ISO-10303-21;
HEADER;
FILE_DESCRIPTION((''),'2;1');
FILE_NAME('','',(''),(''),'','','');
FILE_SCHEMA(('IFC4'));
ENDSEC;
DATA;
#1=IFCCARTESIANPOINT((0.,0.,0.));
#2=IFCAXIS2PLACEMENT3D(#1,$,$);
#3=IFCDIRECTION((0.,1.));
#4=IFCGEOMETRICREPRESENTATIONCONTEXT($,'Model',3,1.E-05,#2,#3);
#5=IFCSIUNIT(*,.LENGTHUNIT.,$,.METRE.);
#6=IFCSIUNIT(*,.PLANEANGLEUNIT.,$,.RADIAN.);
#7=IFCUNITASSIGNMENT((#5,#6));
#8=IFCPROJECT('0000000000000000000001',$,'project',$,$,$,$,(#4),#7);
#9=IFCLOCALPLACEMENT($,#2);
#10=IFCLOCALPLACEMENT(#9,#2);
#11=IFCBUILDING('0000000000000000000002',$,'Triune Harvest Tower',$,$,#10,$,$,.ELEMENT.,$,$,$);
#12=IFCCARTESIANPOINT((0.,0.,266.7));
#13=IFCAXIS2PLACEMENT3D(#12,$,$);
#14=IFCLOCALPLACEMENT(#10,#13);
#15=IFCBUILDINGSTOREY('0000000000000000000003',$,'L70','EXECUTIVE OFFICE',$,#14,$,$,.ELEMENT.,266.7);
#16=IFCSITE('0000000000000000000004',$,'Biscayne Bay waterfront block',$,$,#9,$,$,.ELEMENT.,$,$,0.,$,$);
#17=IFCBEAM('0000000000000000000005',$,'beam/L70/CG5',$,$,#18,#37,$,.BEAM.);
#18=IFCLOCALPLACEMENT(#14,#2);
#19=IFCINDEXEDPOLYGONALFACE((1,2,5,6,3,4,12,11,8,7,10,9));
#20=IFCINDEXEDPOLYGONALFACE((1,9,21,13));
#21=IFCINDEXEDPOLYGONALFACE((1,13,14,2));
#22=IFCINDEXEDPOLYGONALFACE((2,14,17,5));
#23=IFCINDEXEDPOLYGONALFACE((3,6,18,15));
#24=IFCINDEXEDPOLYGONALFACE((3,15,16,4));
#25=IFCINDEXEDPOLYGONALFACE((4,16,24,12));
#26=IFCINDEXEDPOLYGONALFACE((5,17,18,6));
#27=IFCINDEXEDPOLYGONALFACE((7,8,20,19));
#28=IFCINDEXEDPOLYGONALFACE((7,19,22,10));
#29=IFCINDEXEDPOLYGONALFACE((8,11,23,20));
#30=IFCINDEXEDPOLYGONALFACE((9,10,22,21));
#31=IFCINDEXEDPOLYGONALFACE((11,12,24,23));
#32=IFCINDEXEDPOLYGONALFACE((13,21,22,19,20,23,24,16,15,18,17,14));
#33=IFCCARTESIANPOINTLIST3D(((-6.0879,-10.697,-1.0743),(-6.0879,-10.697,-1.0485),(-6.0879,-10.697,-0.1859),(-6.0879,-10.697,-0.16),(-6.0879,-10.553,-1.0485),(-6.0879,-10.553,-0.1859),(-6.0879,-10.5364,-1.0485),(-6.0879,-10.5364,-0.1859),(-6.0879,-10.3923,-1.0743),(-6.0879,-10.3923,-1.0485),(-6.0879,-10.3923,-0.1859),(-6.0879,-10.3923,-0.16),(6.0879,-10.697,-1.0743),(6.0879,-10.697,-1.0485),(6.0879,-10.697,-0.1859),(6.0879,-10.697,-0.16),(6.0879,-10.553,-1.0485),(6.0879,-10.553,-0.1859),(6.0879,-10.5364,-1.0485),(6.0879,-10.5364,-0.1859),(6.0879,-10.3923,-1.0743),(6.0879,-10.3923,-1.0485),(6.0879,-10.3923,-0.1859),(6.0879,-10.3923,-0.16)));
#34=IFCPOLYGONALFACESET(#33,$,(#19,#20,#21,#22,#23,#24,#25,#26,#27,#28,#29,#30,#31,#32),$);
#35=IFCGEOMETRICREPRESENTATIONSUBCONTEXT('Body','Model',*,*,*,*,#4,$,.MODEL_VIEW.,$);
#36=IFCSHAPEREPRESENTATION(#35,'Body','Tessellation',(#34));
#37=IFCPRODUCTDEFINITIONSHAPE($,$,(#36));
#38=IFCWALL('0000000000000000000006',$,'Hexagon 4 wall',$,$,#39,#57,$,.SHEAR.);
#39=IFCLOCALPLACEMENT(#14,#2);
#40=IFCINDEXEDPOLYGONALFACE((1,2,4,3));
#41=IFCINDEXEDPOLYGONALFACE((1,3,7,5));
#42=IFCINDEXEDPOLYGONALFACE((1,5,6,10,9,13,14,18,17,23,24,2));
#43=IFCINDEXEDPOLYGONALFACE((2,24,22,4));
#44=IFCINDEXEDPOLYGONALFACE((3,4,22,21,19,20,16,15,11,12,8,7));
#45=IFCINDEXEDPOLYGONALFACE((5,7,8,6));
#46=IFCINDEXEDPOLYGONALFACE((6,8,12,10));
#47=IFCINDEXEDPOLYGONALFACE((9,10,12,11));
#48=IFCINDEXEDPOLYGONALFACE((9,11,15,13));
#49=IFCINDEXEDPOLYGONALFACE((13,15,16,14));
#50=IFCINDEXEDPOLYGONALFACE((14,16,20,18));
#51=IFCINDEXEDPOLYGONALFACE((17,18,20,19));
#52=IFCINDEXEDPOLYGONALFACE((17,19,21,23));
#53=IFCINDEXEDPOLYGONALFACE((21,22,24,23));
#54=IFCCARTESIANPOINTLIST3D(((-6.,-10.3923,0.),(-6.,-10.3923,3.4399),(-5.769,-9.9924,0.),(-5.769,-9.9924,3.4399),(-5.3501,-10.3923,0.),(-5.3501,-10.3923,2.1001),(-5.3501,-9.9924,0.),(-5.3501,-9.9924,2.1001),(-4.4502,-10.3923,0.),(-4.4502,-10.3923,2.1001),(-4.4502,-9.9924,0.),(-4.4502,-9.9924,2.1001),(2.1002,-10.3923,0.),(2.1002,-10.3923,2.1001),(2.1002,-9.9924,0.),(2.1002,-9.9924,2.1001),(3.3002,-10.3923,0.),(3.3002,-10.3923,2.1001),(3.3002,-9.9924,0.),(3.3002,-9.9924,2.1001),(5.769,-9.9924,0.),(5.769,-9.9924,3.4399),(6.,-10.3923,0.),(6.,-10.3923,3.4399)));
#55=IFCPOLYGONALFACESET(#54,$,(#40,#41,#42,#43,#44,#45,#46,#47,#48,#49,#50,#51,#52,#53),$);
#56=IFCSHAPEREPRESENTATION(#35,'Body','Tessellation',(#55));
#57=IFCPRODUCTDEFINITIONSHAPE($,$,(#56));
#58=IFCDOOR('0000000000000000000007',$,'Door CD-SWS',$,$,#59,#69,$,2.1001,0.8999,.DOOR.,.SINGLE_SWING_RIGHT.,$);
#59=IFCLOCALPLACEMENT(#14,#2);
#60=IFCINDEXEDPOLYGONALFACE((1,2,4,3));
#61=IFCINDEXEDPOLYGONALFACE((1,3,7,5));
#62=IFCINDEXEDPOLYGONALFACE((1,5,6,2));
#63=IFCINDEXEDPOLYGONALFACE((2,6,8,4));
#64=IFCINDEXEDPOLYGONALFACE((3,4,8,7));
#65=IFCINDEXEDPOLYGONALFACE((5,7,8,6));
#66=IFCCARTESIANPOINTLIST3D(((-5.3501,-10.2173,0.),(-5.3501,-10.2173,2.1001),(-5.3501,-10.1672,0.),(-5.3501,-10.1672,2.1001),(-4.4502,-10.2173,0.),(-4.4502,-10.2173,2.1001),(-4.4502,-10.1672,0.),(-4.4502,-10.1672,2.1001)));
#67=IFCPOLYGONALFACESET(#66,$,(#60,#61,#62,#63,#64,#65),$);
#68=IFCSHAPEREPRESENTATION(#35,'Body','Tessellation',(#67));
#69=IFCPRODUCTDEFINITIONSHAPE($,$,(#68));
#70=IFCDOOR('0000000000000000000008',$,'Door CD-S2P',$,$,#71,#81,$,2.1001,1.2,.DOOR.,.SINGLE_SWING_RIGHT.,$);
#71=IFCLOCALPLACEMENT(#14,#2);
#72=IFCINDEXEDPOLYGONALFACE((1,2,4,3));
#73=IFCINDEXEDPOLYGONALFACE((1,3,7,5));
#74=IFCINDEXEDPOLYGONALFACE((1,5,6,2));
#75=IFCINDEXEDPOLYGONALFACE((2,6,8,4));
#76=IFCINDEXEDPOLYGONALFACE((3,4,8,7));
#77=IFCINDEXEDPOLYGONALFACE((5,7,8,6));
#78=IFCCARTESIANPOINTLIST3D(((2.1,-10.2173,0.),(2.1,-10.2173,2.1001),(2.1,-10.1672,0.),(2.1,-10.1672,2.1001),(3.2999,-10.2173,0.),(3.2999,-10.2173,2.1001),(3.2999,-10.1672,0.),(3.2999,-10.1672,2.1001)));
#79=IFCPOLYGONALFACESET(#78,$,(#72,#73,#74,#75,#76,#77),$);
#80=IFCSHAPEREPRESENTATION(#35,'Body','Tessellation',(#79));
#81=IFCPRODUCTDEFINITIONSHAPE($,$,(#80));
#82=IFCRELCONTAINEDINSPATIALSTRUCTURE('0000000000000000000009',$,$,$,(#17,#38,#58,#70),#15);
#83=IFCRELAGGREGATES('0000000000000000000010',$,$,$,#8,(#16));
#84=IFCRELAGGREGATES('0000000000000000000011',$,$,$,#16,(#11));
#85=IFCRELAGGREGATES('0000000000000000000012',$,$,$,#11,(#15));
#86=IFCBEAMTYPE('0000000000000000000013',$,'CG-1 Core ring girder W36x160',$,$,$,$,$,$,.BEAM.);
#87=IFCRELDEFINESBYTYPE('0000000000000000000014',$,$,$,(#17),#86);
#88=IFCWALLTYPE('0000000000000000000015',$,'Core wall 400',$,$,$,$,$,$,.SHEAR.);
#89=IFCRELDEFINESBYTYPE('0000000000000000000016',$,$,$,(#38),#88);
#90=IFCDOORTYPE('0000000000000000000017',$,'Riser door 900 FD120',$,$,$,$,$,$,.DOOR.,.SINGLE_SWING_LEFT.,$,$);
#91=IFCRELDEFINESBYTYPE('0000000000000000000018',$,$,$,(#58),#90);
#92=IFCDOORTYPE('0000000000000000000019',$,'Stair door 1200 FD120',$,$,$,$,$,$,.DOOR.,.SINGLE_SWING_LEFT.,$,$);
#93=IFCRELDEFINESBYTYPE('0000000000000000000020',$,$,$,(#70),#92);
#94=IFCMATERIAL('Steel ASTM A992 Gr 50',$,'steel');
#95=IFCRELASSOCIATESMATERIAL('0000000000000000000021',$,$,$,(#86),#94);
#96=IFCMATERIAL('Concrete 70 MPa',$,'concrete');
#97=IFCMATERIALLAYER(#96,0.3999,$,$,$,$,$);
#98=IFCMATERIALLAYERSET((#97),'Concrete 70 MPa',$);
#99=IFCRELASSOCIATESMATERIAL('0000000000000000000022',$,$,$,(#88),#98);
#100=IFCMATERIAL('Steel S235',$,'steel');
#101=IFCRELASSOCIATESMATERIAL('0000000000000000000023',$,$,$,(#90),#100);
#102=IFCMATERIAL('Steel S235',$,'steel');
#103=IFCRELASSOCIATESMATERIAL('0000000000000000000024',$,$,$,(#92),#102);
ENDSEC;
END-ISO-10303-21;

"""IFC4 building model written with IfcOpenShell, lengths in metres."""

from ifc_helpers import new_model, si_unit, direction, frame, frame_2d, origin, origin_2d, place, context, subcontext, project, spatial, polyline, rectangle, i_section, outline, extrude, source, transform, mapped, material, layer, layer_set, material_profile, profile_set, type_object, element, fill, save


model = new_model("IFC4")

# Units and contexts
model_context = context("Model", 3, precision=1e-05, world=origin(), true_north=direction((0.0, 1.0)))
body_context = subcontext(model_context, "Body", "Model", "MODEL_VIEW")
ifc_project = project(units=[si_unit("LENGTHUNIT", "METRE"), si_unit("PLANEANGLEUNIT", "RADIAN")], contexts=[model_context])

# Site, building, storey
site_placement = place(None, origin())
site = spatial("IfcSite", under=ifc_project, at=site_placement, Name="Biscayne Bay waterfront block", CompositionType="ELEMENT", RefElevation=0.0)
building_placement = place(site_placement, origin())
building = spatial("IfcBuilding", under=site, at=building_placement, Name="Triune Harvest Tower", CompositionType="ELEMENT")
storey_placement = place(building_placement, frame((0.0, 0.0, 266.7)))
storey = spatial("IfcBuildingStorey", under=building, at=storey_placement, Name="L70", Description="EXECUTIVE OFFICE", CompositionType="ELEMENT", Elevation=266.7)

# Beam
ifc_material_1 = material(Name="Steel ASTM A992 Gr 50", Category="steel")
ifc_material_profile = material_profile(ifc_material_1, i_section(OverallWidth=0.3047, OverallDepth=0.9143, WebThickness=0.0166, FlangeThickness=0.0259, at=origin_2d()), Name="W36x160")
ifc_profile_set = profile_set([ifc_material_profile], Name="Steel ASTM A992 Gr 50")
beam_type = type_object("IfcBeamType", Name="CG-1 Core ring girder W36x160", PredefinedType="BEAM", material=ifc_profile_set)
shared_shape_1 = source(origin(), body_context, "Body", "SweptSolid", [
    extrude(i_section(OverallWidth=0.3047, OverallDepth=0.9143, WebThickness=0.0166, FlangeThickness=0.0259, at=origin_2d()), origin(), (0.0, 0.0, 1.0), 12.1758),
])
beam_placement = place(storey_placement, frame((-6.0879, -10.5447, -0.6172), z_axis=(1.0, 0.0, 0.0), x_axis=(0.0, 1.0, 0.0)))
element("IfcBeam", 1, at=beam_placement, inside=storey, type_object=beam_type, Name="beam/L70/CG5", PredefinedType="BEAM", context=body_context, shape_type="MappedRepresentation", body=[
    mapped(shared_shape_1, transform((0.0, 0.0, 0.0), scale=1.0)),
])

# Wall, openings, doors
ifc_material_2 = material(Name="Concrete 70 MPa", Category="concrete")
ifc_layer_1 = layer(ifc_material_2, 0.3999)
ifc_layer_set_1 = layer_set([ifc_layer_1], Name="Concrete 70 MPa")
wall_type_1 = type_object("IfcWallType", Name="Core wall 400", PredefinedType="SHEAR", material=ifc_layer_set_1)
shared_shape_2 = source(origin(), body_context, "Body", "SweptSolid", [
    extrude(outline(polyline([(-0.1155, -0.2), (11.8845, -0.2), (11.6536, 0.2), (0.1155, 0.2), (-0.1155, -0.2)])), origin(), (0.0, 0.0, 1.0), 3.4399),
])
wall_1_placement = place(storey_placement, frame((-5.8845, -10.1924, 0.0), z_axis=(0.0, 0.0, 1.0), x_axis=(1.0, 0.0, 0.0)))
wall_1 = element("IfcWall", 2, at=wall_1_placement, inside=storey, type_object=wall_type_1, Name="Hexagon 4 wall", PredefinedType="SHEAR", context=body_context, shape_type="MappedRepresentation", body=[
    mapped(shared_shape_2, transform((0.0, 0.0, 0.0), scale=1.0)),
])
opening_1_placement = place(wall_1_placement, frame((7.9846, 0.0, 0.0)))
opening_1 = element("IfcOpeningElement", 3, at=opening_1_placement, cuts=wall_1, PredefinedType="OPENING", context=body_context, shape_type="SweptSolid", body=[
    extrude(rectangle(XDim=1.2, YDim=2.1001, at=frame_2d((0.6001, 1.05))), frame((0.0, 0.21, 0.0), z_axis=(0.0, -1.0, 0.0), x_axis=(1.0, 0.0, 0.0)), (0.0, 0.0, 1.0), 0.4199),
])
opening_2_placement = place(wall_1_placement, frame((0.5344, 0.0, 0.0)))
opening_2 = element("IfcOpeningElement", 4, at=opening_2_placement, cuts=wall_1, PredefinedType="OPENING", context=body_context, shape_type="SweptSolid", body=[
    extrude(rectangle(XDim=0.8999, YDim=2.1001, at=frame_2d((0.45, 1.05))), frame((0.0, 0.21, 0.0), z_axis=(0.0, -1.0, 0.0), x_axis=(1.0, 0.0, 0.0)), (0.0, 0.0, 1.0), 0.4199),
])
ifc_material_3 = material(Name="Steel S235", Category="steel")
door_type_1 = type_object("IfcDoorType", Name="Riser door 900 FD120", OperationType="SINGLE_SWING_LEFT", PredefinedType="DOOR", material=ifc_material_3)
door_1_placement = place(opening_2_placement, frame((0.8999, 0.0, 0.0), z_axis=(0.0, 0.0, 1.0), x_axis=(-1.0, 0.0, 0.0)))
door_1 = element("IfcDoor", 5, at=door_1_placement, inside=storey, type_object=door_type_1, Name="Door CD-SWS", OperationType="SINGLE_SWING_RIGHT", OverallHeight=2.1001, OverallWidth=0.8999, PredefinedType="DOOR", context=body_context, shape_type="SweptSolid", body=[
    extrude(rectangle(XDim=0.8999, YDim=2.1001, at=frame_2d((0.45, 1.05))), frame((0.0, 0.0249, 0.0), z_axis=(0.0, -1.0, 0.0), x_axis=(1.0, 0.0, 0.0)), (0.0, 0.0, 1.0), 0.05),
])
fill(opening_2, door_1)
ifc_material_4 = material(Name="Steel S235", Category="steel")
door_type_2 = type_object("IfcDoorType", Name="Stair door 1200 FD120", OperationType="SINGLE_SWING_LEFT", PredefinedType="DOOR", material=ifc_material_4)
door_2_placement = place(opening_1_placement, frame((1.2, 0.0, 0.0), z_axis=(0.0, 0.0, 1.0), x_axis=(-1.0, 0.0, 0.0)))
door_2 = element("IfcDoor", 6, at=door_2_placement, inside=storey, type_object=door_type_2, Name="Door CD-S2P", OperationType="SINGLE_SWING_RIGHT", OverallHeight=2.1001, OverallWidth=1.2, PredefinedType="DOOR", context=body_context, shape_type="SweptSolid", body=[
    extrude(rectangle(XDim=1.2, YDim=2.1001, at=frame_2d((0.6001, 1.05))), frame((0.0, 0.0249, 0.0), z_axis=(0.0, -1.0, 0.0), x_axis=(1.0, 0.0, 0.0)), (0.0, 0.0, 1.0), 0.05),
])
fill(opening_1, door_2)

save(model, "model.ifc")
